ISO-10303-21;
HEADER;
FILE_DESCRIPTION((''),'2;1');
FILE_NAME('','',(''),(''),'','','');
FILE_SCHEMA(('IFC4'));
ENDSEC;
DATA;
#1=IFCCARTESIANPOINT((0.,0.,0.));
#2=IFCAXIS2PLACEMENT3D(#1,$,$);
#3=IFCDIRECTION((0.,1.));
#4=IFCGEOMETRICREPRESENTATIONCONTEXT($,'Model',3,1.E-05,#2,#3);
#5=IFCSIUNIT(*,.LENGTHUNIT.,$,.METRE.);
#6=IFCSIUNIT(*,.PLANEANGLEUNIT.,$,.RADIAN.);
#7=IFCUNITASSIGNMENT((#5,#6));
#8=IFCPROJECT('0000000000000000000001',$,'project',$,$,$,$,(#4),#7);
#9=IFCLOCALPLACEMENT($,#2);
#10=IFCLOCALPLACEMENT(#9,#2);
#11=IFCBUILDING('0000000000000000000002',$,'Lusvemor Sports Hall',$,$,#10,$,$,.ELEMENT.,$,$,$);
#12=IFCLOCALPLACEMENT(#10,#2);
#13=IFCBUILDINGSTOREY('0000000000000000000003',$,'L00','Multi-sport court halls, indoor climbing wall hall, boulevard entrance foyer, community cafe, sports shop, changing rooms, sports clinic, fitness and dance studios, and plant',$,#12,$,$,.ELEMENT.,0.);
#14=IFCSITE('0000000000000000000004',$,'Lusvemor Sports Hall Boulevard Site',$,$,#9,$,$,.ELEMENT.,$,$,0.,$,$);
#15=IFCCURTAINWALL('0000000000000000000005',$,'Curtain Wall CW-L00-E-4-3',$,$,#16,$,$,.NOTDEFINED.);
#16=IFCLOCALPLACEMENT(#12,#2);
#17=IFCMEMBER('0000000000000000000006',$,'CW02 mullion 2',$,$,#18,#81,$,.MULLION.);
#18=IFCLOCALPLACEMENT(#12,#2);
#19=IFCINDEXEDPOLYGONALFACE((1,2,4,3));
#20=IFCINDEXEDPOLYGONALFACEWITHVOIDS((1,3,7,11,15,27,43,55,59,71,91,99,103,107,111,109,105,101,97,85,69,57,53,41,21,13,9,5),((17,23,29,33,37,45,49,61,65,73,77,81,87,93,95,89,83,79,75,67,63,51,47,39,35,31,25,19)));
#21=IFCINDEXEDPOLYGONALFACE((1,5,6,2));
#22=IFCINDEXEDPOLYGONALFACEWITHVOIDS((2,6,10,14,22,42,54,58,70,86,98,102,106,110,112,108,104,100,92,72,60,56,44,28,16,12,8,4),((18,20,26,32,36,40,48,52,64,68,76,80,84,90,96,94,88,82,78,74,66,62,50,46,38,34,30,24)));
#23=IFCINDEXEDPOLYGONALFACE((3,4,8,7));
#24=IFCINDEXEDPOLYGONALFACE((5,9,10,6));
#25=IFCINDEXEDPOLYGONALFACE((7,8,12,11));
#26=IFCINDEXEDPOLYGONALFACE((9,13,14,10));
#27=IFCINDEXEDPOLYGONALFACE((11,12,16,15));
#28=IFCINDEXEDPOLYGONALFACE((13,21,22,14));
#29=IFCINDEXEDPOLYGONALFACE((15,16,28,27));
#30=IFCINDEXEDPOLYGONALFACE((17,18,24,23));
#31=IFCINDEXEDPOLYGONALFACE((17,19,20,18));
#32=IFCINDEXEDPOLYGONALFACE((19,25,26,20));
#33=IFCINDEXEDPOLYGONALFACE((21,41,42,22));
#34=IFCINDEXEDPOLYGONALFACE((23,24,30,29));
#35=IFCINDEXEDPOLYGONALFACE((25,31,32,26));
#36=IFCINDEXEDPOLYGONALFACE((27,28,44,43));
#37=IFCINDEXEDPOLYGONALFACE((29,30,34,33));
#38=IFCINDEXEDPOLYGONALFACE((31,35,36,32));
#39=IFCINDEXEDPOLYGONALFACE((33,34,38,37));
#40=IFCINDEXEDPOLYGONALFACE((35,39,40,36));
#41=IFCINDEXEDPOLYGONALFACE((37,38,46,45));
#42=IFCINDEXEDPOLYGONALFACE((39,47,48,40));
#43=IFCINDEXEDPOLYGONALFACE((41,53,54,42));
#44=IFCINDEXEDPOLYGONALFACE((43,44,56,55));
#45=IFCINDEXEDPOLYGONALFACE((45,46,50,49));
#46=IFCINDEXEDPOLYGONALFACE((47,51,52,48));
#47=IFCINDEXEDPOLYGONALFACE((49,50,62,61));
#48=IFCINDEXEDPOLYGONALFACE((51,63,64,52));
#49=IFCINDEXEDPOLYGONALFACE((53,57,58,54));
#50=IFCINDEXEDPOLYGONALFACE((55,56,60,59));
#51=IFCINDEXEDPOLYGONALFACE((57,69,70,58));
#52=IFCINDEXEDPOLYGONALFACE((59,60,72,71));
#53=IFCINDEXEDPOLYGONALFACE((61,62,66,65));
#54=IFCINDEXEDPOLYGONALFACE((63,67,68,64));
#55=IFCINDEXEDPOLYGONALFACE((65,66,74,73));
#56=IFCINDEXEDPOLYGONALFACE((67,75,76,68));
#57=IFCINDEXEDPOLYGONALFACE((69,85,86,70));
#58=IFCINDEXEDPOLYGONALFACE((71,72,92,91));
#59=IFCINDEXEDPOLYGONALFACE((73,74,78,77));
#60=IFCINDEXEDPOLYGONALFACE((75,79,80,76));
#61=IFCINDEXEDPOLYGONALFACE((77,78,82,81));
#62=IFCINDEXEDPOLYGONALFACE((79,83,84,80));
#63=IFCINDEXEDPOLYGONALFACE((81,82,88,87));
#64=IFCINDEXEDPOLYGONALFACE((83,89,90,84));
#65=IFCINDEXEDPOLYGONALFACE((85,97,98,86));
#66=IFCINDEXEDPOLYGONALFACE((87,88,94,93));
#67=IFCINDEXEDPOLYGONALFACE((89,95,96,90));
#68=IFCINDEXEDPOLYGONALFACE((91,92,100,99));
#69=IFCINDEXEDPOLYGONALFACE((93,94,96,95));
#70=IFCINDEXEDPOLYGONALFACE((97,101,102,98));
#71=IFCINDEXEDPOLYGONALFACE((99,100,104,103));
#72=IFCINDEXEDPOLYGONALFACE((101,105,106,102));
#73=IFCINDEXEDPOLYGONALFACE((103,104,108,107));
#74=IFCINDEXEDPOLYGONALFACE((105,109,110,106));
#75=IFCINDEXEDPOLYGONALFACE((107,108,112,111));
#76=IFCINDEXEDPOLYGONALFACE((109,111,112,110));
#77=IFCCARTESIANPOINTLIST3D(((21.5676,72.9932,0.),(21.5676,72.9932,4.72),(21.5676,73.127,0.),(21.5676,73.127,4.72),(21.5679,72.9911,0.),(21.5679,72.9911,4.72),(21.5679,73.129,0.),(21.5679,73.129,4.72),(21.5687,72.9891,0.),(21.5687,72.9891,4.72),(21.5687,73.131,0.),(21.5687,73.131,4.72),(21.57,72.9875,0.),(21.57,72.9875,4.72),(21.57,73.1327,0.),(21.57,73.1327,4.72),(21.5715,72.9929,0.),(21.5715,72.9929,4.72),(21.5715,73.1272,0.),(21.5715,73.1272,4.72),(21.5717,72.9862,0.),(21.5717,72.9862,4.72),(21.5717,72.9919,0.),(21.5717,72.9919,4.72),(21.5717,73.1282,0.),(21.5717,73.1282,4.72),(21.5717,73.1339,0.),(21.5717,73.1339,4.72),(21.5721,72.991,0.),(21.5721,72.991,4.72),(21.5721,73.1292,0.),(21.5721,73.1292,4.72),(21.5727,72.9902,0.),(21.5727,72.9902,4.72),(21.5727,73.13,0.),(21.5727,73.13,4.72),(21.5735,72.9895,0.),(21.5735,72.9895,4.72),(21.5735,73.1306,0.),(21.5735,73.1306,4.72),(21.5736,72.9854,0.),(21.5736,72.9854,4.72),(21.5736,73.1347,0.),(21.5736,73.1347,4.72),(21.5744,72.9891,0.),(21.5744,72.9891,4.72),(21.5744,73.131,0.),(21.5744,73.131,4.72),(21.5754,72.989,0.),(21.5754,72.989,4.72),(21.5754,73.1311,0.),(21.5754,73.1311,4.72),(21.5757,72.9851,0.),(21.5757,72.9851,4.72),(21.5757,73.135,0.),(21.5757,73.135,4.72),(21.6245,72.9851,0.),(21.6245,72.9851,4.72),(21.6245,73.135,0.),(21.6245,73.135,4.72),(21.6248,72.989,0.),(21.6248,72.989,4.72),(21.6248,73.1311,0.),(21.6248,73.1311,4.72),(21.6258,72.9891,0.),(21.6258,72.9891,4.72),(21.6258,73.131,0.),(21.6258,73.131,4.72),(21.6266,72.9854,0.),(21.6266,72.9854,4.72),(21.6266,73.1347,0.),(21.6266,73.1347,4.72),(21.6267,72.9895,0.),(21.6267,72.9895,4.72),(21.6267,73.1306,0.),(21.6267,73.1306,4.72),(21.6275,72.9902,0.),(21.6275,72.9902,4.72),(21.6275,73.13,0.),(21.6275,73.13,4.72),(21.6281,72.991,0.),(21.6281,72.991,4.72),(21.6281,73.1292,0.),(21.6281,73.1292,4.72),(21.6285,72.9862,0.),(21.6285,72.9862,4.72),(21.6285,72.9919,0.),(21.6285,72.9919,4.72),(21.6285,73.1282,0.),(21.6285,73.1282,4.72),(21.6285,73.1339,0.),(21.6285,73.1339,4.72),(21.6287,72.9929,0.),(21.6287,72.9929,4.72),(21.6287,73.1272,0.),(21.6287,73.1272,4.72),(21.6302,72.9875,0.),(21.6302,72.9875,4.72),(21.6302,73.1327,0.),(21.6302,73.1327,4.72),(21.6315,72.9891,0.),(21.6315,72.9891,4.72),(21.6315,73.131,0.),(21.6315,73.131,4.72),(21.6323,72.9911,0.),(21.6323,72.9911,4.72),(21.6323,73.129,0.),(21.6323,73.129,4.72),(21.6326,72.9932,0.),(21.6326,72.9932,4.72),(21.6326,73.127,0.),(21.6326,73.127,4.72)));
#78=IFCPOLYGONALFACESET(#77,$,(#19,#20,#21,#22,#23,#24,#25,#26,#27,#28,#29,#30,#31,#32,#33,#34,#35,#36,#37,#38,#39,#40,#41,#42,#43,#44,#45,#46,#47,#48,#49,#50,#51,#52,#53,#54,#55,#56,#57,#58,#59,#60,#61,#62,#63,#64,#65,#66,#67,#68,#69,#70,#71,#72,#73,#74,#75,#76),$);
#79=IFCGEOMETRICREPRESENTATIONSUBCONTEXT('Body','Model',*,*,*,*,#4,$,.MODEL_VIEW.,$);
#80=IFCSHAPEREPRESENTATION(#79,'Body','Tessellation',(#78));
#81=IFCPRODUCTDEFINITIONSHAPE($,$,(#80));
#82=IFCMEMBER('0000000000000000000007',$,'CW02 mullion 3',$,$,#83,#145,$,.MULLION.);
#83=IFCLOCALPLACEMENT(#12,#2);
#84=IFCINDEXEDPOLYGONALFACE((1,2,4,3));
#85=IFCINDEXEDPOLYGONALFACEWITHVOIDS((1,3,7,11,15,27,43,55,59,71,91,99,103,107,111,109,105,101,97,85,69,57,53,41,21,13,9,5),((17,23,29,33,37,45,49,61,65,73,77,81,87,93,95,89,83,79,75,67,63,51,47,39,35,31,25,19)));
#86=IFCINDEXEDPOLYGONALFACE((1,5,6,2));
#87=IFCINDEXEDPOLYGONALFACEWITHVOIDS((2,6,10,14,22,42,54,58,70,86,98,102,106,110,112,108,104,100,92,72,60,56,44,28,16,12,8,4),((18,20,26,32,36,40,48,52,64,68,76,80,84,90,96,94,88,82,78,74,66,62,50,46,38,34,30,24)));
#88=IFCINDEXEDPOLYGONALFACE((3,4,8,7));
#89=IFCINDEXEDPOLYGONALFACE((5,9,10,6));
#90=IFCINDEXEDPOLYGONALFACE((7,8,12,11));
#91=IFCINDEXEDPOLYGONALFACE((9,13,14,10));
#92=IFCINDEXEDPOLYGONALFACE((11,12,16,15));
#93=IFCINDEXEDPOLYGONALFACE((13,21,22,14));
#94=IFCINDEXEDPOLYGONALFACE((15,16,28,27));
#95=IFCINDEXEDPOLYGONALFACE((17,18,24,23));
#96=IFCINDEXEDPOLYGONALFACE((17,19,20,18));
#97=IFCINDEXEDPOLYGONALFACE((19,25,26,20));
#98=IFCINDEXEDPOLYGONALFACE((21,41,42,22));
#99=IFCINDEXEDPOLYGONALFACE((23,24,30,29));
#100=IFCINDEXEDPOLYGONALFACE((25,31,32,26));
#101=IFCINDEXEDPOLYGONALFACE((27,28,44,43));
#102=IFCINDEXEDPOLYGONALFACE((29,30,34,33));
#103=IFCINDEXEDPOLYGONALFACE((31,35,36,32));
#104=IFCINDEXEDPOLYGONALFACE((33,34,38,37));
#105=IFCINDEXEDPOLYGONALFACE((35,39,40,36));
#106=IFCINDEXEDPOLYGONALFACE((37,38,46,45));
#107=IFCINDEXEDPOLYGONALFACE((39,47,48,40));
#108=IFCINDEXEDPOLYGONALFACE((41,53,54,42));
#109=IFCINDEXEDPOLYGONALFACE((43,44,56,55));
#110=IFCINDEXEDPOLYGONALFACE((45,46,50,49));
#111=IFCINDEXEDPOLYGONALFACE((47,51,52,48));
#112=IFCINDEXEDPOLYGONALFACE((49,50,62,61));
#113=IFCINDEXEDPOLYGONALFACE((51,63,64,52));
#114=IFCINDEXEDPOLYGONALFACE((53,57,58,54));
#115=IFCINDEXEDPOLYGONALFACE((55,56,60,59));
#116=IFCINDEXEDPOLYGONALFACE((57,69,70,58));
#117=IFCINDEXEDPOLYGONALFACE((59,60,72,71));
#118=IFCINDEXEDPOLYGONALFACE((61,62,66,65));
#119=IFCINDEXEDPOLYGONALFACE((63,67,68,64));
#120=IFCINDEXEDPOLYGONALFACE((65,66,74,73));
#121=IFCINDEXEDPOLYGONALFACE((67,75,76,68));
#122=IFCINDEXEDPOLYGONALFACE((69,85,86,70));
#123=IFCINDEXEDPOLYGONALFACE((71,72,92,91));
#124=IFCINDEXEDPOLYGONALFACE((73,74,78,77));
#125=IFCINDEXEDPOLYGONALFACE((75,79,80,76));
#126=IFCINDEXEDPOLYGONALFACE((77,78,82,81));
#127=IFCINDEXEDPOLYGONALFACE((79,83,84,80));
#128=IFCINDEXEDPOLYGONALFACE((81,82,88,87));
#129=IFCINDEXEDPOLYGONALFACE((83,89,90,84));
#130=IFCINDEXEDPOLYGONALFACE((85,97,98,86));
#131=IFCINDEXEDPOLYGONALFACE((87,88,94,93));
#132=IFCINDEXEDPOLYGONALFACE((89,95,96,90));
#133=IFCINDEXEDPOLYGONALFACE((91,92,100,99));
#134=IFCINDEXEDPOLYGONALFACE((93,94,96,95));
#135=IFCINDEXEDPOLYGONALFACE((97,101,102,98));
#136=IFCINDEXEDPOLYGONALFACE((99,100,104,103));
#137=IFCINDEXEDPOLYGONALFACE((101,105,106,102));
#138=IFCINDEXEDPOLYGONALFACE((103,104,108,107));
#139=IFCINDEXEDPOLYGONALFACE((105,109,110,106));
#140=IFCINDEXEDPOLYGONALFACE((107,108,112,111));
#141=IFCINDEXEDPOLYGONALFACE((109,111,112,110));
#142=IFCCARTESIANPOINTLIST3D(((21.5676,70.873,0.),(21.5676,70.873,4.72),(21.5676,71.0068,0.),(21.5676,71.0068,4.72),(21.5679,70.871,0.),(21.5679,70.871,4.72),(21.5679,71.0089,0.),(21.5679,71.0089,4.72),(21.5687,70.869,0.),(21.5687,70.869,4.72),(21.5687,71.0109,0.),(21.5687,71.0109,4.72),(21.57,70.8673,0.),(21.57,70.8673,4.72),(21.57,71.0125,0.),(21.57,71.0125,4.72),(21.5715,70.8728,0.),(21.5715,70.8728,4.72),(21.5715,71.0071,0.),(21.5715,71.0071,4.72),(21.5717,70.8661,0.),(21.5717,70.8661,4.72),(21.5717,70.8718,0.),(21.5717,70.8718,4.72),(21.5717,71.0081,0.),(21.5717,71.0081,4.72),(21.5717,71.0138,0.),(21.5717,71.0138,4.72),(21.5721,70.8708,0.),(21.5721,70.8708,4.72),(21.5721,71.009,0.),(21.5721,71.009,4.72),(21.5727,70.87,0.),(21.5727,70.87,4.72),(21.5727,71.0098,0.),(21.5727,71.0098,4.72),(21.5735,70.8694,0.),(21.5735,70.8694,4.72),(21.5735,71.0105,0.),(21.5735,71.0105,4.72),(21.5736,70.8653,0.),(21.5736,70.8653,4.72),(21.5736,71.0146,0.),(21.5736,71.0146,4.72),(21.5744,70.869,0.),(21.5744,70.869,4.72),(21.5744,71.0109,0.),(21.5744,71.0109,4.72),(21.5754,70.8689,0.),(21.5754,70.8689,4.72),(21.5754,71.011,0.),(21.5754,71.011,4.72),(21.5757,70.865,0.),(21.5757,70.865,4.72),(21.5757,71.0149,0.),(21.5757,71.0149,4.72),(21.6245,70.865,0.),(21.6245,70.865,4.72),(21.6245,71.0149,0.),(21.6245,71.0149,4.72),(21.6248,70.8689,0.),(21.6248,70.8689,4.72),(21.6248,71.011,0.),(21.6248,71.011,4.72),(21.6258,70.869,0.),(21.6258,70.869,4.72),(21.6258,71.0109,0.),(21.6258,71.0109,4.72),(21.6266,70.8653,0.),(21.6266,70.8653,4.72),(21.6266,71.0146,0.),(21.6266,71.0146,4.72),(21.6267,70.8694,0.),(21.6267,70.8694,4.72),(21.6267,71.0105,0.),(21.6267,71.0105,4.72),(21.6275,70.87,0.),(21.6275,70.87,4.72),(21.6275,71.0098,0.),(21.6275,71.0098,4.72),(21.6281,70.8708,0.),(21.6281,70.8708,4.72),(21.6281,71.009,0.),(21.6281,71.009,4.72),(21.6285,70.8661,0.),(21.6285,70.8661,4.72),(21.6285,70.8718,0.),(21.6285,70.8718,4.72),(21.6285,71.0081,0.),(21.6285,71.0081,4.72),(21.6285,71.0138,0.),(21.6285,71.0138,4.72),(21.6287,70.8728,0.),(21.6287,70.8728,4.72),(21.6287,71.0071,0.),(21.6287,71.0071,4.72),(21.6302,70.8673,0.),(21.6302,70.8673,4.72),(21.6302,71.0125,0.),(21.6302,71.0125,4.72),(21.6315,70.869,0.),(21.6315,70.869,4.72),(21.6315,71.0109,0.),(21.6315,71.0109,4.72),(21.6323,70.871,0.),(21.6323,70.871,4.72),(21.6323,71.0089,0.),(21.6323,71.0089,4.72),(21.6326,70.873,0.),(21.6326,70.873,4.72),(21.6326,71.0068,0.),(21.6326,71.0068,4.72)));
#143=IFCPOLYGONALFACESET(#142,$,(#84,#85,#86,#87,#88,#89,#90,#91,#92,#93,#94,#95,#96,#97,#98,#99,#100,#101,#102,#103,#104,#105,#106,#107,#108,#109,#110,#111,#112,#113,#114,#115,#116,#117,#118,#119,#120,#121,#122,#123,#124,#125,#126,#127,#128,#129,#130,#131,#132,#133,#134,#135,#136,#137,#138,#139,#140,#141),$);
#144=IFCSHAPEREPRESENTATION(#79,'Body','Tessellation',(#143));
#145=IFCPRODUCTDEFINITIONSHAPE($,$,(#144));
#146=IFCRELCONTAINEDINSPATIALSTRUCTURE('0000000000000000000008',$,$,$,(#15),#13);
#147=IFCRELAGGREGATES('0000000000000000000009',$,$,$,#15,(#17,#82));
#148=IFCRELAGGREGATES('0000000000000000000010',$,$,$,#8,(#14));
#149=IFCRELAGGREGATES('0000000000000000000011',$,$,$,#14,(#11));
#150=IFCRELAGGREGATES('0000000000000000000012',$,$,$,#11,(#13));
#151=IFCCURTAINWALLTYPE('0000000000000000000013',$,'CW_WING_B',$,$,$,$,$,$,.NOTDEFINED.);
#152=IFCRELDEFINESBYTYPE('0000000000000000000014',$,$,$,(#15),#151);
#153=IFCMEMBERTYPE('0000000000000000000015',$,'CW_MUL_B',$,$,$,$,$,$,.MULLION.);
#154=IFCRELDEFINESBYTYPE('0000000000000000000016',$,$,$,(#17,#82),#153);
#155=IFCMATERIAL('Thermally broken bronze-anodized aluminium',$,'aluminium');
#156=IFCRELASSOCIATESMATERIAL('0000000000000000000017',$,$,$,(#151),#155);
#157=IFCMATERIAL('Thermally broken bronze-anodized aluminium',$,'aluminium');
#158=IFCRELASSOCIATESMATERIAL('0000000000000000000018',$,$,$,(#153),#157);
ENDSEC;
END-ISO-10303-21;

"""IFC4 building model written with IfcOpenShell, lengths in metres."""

from ifc_helpers import new_model, si_unit, direction, frame, origin, origin_2d, place, context, subcontext, project, spatial, hollow_rectangle, extrude, material, material_profile, profile_set, type_object, element, aggregate, save


model = new_model("IFC4")

# Units and contexts
model_context = context("Model", 3, precision=1e-05, world=origin(), true_north=direction((0.0, 1.0)))
body_context = subcontext(model_context, "Body", "Model", "MODEL_VIEW")
ifc_project = project(units=[si_unit("LENGTHUNIT", "METRE"), si_unit("PLANEANGLEUNIT", "RADIAN")], contexts=[model_context])

# Site, building, storey
site_placement = place(None, origin())
site = spatial("IfcSite", under=ifc_project, at=site_placement, Name="Lusvemor Sports Hall Boulevard Site", CompositionType="ELEMENT", RefElevation=0.0)
building_placement = place(site_placement, origin())
building = spatial("IfcBuilding", under=site, at=building_placement, Name="Lusvemor Sports Hall", CompositionType="ELEMENT")
storey_placement = place(building_placement, origin())
storey = spatial("IfcBuildingStorey", under=building, at=storey_placement, Name="L00", Description="Multi-sport court halls, indoor climbing wall hall, boulevard entrance foyer, community cafe, sports shop, changing rooms, sports clinic, fitness and dance studios, and plant", CompositionType="ELEMENT", Elevation=0.0)

# Shared definitions
ifc_material_1 = material(Name="Thermally broken bronze-anodized aluminium", Category="aluminium")
curtain_wall_type = type_object("IfcCurtainWallType", Name="CW_WING_B", PredefinedType="NOTDEFINED", material=ifc_material_1)
ifc_material_2 = material(Name="Thermally broken bronze-anodized aluminium", Category="aluminium")
ifc_material_profile_1 = material_profile(ifc_material_2, hollow_rectangle(XDim=0.0649, YDim=0.1499, WallThickness=0.0039, InnerFilletRadius=0.0039, OuterFilletRadius=0.0081, at=origin_2d()), Name="CWMUL150x65x4")
ifc_profile_set_1 = profile_set([ifc_material_profile_1], Name="Thermally broken bronze-anodized aluminium")
member_type_1 = type_object("IfcMemberType", Name="CW_MUL_B", PredefinedType="MULLION", material=ifc_profile_set_1)

# Curtain wall, members
curtain_wall_1_placement = place(storey_placement, origin())
curtain_wall_1 = element("IfcCurtainWall", 1, at=curtain_wall_1_placement, inside=storey, type_object=curtain_wall_type, Name="Curtain Wall CW-L00-E-4-3", PredefinedType="NOTDEFINED")
member_1_placement = place(storey_placement, frame((21.6001, 73.0601, 0.0), z_axis=(0.0, 0.0, 1.0), x_axis=(1.0, 0.0, 0.0)))
member_1 = element("IfcMember", 2, at=member_1_placement, type_object=member_type_1, Name="CW02 mullion 2", PredefinedType="MULLION", context=body_context, shape_type="SweptSolid", body=[
    extrude(hollow_rectangle(XDim=0.0649, YDim=0.1499, WallThickness=0.0039, InnerFilletRadius=0.0039, OuterFilletRadius=0.0081, at=origin_2d()), origin(), (0.0, 0.0, 1.0), 4.72),
])
member_2_placement = place(storey_placement, frame((21.6001, 70.9399, 0.0), z_axis=(0.0, 0.0, 1.0), x_axis=(1.0, 0.0, 0.0)))
member_2 = element("IfcMember", 3, at=member_2_placement, type_object=member_type_1, Name="CW02 mullion 3", PredefinedType="MULLION", context=body_context, shape_type="SweptSolid", body=[
    extrude(hollow_rectangle(XDim=0.0649, YDim=0.1499, WallThickness=0.0039, InnerFilletRadius=0.0039, OuterFilletRadius=0.0081, at=origin_2d()), origin(), (0.0, 0.0, 1.0), 4.72),
])

aggregate(curtain_wall_1, [member_1, member_2])

save(model, "model.ifc")
